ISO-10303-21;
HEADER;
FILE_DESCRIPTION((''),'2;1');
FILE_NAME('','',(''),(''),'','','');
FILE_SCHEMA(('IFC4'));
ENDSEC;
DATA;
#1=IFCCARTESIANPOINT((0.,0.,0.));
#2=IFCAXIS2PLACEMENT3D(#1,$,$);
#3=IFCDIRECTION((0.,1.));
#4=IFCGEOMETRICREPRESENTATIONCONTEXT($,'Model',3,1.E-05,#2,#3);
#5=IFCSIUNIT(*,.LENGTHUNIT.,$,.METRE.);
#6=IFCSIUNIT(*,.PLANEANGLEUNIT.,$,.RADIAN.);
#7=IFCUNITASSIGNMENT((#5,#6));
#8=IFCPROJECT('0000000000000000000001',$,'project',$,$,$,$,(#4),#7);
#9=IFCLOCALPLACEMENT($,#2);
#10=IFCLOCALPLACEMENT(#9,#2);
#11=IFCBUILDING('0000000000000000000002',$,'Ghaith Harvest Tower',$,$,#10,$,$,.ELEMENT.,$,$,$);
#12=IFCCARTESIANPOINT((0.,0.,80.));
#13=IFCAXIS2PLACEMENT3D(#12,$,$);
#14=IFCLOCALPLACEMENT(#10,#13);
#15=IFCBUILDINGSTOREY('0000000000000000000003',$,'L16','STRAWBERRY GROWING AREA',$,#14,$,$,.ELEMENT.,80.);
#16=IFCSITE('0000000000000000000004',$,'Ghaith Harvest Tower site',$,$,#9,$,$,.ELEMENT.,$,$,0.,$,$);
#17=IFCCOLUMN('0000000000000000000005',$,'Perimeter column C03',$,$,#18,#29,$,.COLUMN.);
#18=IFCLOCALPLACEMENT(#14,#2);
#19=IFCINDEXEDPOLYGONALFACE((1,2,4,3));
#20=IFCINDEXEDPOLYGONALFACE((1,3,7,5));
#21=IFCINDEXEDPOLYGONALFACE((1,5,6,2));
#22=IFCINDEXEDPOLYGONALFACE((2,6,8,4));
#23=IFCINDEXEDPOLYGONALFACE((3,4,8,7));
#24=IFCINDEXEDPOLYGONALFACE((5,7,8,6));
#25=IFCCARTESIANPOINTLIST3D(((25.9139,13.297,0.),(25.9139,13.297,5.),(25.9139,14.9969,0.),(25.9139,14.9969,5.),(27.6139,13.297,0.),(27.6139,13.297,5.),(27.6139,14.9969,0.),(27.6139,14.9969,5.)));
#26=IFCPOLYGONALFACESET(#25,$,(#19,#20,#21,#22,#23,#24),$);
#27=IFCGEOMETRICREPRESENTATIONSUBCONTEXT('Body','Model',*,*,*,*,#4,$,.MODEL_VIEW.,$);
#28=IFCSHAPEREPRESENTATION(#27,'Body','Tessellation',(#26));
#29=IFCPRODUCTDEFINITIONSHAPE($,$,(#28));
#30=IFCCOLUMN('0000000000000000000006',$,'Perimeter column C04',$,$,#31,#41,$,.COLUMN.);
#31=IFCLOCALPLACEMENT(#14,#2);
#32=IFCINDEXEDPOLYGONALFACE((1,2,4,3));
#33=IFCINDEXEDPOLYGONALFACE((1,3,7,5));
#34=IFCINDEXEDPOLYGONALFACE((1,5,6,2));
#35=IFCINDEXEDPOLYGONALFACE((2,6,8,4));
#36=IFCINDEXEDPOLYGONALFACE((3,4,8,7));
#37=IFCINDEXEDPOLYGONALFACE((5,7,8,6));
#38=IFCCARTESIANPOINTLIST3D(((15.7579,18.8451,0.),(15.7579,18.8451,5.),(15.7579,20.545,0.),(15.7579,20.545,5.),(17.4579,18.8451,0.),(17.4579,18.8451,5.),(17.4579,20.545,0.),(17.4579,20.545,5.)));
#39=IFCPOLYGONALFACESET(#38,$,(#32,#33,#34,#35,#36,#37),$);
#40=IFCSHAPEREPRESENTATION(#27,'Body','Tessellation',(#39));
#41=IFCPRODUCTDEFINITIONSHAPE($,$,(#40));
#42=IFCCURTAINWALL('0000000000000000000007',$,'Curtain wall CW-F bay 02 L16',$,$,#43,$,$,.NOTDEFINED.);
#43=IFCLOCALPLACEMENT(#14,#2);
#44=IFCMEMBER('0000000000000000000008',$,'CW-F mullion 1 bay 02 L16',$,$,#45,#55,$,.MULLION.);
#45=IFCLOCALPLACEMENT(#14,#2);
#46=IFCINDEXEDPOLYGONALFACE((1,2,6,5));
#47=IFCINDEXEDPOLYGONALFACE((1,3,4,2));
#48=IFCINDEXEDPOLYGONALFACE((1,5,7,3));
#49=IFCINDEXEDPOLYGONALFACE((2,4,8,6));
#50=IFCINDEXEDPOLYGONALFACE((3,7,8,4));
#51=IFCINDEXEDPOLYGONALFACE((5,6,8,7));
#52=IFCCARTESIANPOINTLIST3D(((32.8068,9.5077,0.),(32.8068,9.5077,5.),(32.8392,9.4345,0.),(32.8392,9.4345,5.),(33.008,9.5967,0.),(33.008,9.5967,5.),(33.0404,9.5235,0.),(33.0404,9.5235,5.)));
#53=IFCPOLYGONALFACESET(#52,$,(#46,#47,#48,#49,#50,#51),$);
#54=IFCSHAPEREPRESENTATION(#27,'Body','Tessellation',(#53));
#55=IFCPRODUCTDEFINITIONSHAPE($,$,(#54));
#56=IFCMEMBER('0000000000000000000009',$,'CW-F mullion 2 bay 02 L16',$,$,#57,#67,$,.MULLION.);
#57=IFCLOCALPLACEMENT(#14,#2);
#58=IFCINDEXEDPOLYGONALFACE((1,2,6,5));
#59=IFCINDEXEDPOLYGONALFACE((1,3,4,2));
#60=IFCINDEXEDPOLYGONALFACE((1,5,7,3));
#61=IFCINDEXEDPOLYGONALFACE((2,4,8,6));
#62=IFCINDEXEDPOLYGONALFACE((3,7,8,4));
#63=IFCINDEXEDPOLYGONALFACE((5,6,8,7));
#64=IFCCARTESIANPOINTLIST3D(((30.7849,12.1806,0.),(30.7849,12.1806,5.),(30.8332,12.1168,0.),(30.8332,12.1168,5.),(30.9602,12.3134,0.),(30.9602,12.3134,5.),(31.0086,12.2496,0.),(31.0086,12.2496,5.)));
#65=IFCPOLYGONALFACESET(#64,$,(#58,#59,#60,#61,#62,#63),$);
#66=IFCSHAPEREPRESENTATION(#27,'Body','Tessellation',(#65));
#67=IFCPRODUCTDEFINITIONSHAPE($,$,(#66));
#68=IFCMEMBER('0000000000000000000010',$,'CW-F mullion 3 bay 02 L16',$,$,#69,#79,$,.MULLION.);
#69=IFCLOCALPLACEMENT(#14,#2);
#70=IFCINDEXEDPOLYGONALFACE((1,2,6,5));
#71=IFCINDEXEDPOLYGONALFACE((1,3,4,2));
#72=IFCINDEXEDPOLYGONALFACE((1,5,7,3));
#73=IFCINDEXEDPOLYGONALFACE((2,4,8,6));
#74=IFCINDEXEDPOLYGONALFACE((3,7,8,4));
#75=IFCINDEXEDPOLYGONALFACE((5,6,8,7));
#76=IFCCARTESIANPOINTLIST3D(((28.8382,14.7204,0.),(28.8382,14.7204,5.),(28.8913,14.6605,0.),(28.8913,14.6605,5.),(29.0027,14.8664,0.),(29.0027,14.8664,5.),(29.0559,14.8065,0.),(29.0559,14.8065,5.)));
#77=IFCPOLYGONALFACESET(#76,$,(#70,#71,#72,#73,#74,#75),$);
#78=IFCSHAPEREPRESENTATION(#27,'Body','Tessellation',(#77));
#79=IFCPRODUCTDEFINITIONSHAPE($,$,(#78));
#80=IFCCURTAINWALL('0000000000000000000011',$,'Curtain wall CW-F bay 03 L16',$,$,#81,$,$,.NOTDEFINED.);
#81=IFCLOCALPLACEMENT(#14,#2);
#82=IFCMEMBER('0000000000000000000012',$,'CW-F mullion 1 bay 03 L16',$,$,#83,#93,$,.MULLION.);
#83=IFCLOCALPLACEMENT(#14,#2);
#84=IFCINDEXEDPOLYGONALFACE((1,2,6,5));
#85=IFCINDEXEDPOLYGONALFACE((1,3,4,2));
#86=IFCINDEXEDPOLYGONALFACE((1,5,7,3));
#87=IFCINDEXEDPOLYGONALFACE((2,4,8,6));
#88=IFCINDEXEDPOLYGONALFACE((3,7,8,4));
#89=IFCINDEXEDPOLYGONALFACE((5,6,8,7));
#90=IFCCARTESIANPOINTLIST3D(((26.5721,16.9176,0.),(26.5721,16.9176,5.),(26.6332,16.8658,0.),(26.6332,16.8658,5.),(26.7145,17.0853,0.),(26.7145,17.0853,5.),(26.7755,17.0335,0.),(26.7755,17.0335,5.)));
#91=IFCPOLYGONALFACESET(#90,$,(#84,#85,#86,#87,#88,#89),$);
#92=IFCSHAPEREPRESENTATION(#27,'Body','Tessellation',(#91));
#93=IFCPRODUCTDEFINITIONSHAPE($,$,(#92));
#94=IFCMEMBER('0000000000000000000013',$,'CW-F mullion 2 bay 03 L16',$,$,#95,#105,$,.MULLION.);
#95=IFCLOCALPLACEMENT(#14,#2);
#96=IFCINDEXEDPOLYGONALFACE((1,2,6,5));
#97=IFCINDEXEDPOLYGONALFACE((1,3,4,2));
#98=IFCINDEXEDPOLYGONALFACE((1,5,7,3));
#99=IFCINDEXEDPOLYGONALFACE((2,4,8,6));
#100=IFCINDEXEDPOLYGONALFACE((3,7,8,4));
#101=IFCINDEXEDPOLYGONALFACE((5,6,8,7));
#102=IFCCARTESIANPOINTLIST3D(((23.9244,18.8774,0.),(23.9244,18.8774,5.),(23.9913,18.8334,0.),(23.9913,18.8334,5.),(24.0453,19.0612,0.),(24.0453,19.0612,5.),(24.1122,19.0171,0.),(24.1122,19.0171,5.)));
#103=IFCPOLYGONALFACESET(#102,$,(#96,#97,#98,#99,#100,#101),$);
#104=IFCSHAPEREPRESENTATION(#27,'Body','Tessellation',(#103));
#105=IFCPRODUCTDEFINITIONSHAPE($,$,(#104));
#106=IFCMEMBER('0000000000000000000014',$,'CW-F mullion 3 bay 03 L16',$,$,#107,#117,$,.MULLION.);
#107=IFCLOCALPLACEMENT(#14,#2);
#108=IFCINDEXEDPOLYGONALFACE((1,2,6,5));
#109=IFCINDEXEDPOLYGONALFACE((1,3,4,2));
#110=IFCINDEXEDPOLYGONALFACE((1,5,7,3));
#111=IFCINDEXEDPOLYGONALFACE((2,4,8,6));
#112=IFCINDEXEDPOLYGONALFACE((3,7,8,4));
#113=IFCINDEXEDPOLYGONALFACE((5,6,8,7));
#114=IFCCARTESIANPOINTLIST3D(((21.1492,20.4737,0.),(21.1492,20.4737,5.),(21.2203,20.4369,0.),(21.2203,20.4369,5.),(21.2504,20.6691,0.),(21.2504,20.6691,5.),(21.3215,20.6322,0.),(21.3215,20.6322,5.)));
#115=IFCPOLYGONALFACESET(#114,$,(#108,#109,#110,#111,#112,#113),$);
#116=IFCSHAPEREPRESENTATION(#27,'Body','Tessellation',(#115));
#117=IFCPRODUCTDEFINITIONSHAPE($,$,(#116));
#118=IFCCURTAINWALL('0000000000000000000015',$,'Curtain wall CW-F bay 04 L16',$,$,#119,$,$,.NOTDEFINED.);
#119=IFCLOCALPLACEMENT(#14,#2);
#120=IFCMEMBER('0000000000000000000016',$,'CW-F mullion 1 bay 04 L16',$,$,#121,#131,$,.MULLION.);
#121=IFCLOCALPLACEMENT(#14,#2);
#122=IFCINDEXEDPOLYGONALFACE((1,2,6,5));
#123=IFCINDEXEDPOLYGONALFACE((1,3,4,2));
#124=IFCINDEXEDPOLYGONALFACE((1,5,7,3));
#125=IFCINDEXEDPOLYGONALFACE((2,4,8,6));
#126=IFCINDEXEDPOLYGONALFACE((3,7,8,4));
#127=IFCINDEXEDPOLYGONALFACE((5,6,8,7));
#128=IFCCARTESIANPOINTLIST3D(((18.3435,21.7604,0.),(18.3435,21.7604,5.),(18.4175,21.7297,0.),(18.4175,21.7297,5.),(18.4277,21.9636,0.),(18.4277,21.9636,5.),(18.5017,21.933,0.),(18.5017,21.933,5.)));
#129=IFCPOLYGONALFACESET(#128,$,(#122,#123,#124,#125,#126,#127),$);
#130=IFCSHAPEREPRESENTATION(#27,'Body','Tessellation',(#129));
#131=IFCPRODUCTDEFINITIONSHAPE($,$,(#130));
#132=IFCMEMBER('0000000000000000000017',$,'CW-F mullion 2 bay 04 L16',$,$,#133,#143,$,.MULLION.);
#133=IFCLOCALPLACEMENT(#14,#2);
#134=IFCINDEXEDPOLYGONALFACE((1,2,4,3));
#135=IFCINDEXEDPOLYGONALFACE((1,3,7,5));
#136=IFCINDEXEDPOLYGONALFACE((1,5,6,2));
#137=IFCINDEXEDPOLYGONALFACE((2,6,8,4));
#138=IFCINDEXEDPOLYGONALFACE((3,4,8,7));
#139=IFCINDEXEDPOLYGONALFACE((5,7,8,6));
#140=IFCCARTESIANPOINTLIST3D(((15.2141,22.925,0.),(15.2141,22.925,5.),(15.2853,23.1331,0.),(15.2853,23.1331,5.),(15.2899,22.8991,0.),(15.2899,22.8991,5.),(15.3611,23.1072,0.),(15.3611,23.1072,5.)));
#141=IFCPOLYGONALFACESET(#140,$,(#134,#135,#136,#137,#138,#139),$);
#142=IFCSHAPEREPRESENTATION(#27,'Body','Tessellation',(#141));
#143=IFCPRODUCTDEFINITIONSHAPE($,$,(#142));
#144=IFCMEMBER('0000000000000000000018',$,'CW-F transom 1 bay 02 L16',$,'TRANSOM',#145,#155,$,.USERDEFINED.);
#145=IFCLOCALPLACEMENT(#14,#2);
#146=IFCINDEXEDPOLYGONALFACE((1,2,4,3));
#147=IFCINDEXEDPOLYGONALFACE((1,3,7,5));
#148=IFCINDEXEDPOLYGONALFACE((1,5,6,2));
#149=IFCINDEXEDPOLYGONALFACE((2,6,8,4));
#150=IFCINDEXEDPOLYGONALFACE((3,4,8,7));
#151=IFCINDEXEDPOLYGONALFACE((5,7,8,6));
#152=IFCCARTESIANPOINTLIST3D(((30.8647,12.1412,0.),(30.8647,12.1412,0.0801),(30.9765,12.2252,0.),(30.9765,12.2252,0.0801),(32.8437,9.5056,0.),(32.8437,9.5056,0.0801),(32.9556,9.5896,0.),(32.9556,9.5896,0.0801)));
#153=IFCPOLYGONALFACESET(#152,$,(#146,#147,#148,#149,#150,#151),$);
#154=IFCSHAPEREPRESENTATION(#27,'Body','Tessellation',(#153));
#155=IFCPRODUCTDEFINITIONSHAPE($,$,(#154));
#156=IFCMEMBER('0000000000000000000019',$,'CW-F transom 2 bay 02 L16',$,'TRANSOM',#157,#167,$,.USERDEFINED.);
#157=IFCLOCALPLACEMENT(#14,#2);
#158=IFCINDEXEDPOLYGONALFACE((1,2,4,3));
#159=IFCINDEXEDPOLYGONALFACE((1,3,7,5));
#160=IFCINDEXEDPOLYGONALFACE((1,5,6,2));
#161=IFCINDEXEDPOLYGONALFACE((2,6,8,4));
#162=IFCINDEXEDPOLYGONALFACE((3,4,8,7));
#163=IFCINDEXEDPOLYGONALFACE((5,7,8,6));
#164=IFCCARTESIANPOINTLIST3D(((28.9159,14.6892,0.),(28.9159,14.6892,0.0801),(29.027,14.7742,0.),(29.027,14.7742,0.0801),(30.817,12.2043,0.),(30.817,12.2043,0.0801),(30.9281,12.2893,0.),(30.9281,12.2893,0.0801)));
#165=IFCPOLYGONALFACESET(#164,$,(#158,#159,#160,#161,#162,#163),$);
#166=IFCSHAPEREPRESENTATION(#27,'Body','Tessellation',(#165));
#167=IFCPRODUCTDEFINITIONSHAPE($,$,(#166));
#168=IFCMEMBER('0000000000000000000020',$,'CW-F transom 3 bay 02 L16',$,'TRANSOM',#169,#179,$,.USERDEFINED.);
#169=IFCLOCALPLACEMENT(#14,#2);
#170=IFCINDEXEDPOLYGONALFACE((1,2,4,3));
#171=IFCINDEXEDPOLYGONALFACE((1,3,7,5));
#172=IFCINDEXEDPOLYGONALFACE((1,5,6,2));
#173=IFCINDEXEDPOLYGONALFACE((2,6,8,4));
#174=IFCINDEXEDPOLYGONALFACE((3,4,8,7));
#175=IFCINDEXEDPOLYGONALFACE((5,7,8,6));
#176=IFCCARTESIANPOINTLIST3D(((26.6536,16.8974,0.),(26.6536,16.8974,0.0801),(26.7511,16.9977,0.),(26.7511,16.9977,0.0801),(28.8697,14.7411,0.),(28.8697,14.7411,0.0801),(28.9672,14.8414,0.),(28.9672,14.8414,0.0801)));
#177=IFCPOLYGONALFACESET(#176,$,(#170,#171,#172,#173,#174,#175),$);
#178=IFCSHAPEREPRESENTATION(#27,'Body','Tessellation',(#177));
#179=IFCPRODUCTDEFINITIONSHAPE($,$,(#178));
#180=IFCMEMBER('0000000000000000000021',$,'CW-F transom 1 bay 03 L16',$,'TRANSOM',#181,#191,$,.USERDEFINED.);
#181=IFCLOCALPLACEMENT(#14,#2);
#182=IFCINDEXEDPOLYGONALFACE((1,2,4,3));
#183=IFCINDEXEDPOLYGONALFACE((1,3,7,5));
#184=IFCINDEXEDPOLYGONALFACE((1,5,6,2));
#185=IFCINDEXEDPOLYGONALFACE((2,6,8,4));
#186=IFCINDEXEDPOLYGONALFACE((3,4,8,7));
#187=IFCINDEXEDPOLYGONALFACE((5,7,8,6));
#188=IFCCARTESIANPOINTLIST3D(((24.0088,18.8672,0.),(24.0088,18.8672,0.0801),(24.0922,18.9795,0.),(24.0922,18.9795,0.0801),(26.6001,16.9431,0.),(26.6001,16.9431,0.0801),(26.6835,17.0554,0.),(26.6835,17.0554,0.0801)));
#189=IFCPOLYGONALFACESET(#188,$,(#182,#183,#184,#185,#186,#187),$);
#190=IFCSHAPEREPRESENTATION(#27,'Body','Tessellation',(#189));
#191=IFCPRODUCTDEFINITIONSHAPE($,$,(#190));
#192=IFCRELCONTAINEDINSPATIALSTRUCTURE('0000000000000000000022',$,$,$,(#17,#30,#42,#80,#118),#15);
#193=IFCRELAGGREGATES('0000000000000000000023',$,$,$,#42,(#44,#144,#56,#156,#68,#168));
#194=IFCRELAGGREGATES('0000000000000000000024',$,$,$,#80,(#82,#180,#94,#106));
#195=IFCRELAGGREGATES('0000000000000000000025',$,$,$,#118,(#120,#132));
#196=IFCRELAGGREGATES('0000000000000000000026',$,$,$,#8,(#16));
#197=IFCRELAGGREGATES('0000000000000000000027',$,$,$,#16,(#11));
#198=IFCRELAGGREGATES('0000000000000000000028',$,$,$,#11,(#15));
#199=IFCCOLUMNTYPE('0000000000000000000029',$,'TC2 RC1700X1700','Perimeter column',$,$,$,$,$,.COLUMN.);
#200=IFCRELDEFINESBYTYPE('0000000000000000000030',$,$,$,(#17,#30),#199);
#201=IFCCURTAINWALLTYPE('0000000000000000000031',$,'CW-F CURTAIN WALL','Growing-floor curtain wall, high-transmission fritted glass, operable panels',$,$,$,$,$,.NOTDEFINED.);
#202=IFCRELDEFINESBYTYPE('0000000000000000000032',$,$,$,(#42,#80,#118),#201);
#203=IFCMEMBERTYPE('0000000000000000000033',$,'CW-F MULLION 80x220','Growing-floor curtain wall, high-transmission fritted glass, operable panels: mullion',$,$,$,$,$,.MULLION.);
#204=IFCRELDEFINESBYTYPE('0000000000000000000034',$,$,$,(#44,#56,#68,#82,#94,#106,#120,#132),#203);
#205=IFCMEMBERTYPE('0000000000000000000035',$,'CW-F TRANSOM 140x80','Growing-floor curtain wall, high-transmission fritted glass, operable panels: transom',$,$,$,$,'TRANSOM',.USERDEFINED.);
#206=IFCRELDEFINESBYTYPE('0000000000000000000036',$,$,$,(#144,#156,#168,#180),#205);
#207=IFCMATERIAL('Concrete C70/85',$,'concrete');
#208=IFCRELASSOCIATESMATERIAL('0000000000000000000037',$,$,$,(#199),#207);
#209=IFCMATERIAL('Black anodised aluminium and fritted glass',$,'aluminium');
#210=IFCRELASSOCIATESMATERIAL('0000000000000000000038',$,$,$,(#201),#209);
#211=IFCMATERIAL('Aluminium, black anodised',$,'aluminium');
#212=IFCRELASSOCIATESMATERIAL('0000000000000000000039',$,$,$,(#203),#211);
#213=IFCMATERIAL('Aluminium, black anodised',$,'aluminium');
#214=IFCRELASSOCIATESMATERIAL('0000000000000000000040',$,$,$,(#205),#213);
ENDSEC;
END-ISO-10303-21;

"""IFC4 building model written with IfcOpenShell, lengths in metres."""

from ifc_helpers import new_model, si_unit, direction, frame, origin, origin_2d, place, context, subcontext, project, spatial, rectangle, extrude, material, material_profile, profile_set, type_object, element, aggregate, save


model = new_model("IFC4")

# Units and contexts
model_context = context("Model", 3, precision=1e-05, world=origin(), true_north=direction((0.0, 1.0)))
body_context = subcontext(model_context, "Body", "Model", "MODEL_VIEW")
ifc_project = project(units=[si_unit("LENGTHUNIT", "METRE"), si_unit("PLANEANGLEUNIT", "RADIAN")], contexts=[model_context])

# Site, building, storey
site_placement = place(None, origin())
site = spatial("IfcSite", under=ifc_project, at=site_placement, Name="Ghaith Harvest Tower site", CompositionType="ELEMENT", RefElevation=0.0)
building_placement = place(site_placement, origin())
building = spatial("IfcBuilding", under=site, at=building_placement, Name="Ghaith Harvest Tower", CompositionType="ELEMENT")
storey_placement = place(building_placement, frame((0.0, 0.0, 80.0)))
storey = spatial("IfcBuildingStorey", under=building, at=storey_placement, Name="L16", Description="STRAWBERRY GROWING AREA", CompositionType="ELEMENT", Elevation=80.0)

# Columns
ifc_material_1 = material(Name="Concrete C70/85", Category="concrete")
ifc_material_profile_1 = material_profile(ifc_material_1, rectangle(XDim=1.7, YDim=1.7, at=origin_2d()), Name="RC1700X1700")
ifc_profile_set_1 = profile_set([ifc_material_profile_1], Name="Concrete C70/85")
column_type = type_object("IfcColumnType", Name="TC2 RC1700X1700", Description="Perimeter column", PredefinedType="COLUMN", material=ifc_profile_set_1)
for number, where, z_axis, x_axis, name in (
    (1, (26.7639, 14.147, 0.0), (0.0, 0.0, 1.0), (1.0, 0.0, 0.0), "Perimeter column C03"),
    (2, (16.6079, 19.6951, 0.0), (0.0, 0.0, 1.0), (1.0, 0.0, 0.0), "Perimeter column C04"),
):
    element("IfcColumn", number, at=place(storey_placement, frame(where, z_axis=z_axis, x_axis=x_axis)), inside=storey, type_object=column_type, Name=name, PredefinedType="COLUMN", context=body_context, shape_type="SweptSolid", body=[
        extrude(rectangle(XDim=1.7, YDim=1.7, at=origin_2d()), origin(), (0.0, 0.0, 1.0), 5.0),
    ])

# Curtain walls, members
ifc_material_2 = material(Name="Black anodised aluminium and fritted glass", Category="aluminium")
curtain_wall_type = type_object("IfcCurtainWallType", Name="CW-F CURTAIN WALL", Description="Growing-floor curtain wall, high-transmission fritted glass, operable panels", PredefinedType="NOTDEFINED", material=ifc_material_2)
curtain_wall_1_placement = place(storey_placement, origin())
curtain_wall_1 = element("IfcCurtainWall", 3, at=curtain_wall_1_placement, inside=storey, type_object=curtain_wall_type, Name="Curtain wall CW-F bay 02 L16", PredefinedType="NOTDEFINED")
ifc_material_3 = material(Name="Aluminium, black anodised", Category="aluminium")
ifc_material_profile_2 = material_profile(ifc_material_3, rectangle(XDim=0.0801, YDim=0.22, at=origin_2d()), Name="CW-F MULLION 80x220")
ifc_profile_set_2 = profile_set([ifc_material_profile_2], Name="Aluminium, black anodised")
member_type_1 = type_object("IfcMemberType", Name="CW-F MULLION 80x220", Description="Growing-floor curtain wall, high-transmission fritted glass, operable panels: mullion", PredefinedType="MULLION", material=ifc_profile_set_2)
member_1_placement = place(storey_placement, frame((32.9236, 9.5156, 0.0), z_axis=(0.0, 0.0, 1.0), x_axis=(-0.404702, 0.914449, 0.0)))
member_1 = element("IfcMember", 4, at=member_1_placement, type_object=member_type_1, Name="CW-F mullion 1 bay 02 L16", PredefinedType="MULLION", context=body_context, shape_type="SweptSolid", body=[
    extrude(rectangle(XDim=0.0801, YDim=0.22, at=origin_2d()), origin(), (0.0, 0.0, 1.0), 5.0),
])
member_2_placement = place(storey_placement, frame((30.8967, 12.2151, 0.0), z_axis=(0.0, 0.0, 1.0), x_axis=(-0.603948, 0.797023, 0.0)))
member_2 = element("IfcMember", 5, at=member_2_placement, type_object=member_type_1, Name="CW-F mullion 2 bay 02 L16", PredefinedType="MULLION", context=body_context, shape_type="SweptSolid", body=[
    extrude(rectangle(XDim=0.0801, YDim=0.22, at=origin_2d()), origin(), (0.0, 0.0, 1.0), 5.0),
])
member_3_placement = place(storey_placement, frame((28.947, 14.7634, 0.0), z_axis=(0.0, 0.0, 1.0), x_axis=(-0.663605, 0.748083, 0.0)))
member_3 = element("IfcMember", 6, at=member_3_placement, type_object=member_type_1, Name="CW-F mullion 3 bay 02 L16", PredefinedType="MULLION", context=body_context, shape_type="SweptSolid", body=[
    extrude(rectangle(XDim=0.0801, YDim=0.22, at=origin_2d()), origin(), (0.0, 0.0, 1.0), 5.0),
])
curtain_wall_2_placement = place(storey_placement, origin())
curtain_wall_2 = element("IfcCurtainWall", 7, at=curtain_wall_2_placement, inside=storey, type_object=curtain_wall_type, Name="Curtain wall CW-F bay 03 L16", PredefinedType="NOTDEFINED")
member_4_placement = place(storey_placement, frame((26.6738, 16.9756, 0.0), z_axis=(0.0, 0.0, 1.0), x_axis=(-0.762366, 0.647146, 0.0)))
member_4 = element("IfcMember", 8, at=member_4_placement, type_object=member_type_1, Name="CW-F mullion 1 bay 03 L16", PredefinedType="MULLION", context=body_context, shape_type="SweptSolid", body=[
    extrude(rectangle(XDim=0.0801, YDim=0.22, at=origin_2d()), origin(), (0.0, 0.0, 1.0), 5.0),
])
member_5_placement = place(storey_placement, frame((24.0183, 18.9473, 0.0), z_axis=(0.0, 0.0, 1.0), x_axis=(-0.835444, 0.549576, 0.0)))
member_5 = element("IfcMember", 9, at=member_5_placement, type_object=member_type_1, Name="CW-F mullion 2 bay 03 L16", PredefinedType="MULLION", context=body_context, shape_type="SweptSolid", body=[
    extrude(rectangle(XDim=0.0801, YDim=0.22, at=origin_2d()), origin(), (0.0, 0.0, 1.0), 5.0),
])
member_6_placement = place(storey_placement, frame((21.2354, 20.553, 0.0), z_axis=(0.0, 0.0, 1.0), x_axis=(-0.887897, 0.460043, 0.0)))
member_6 = element("IfcMember", 10, at=member_6_placement, type_object=member_type_1, Name="CW-F mullion 3 bay 03 L16", PredefinedType="MULLION", context=body_context, shape_type="SweptSolid", body=[
    extrude(rectangle(XDim=0.0801, YDim=0.22, at=origin_2d()), origin(), (0.0, 0.0, 1.0), 5.0),
])
curtain_wall_3_placement = place(storey_placement, origin())
curtain_wall_3 = element("IfcCurtainWall", 11, at=curtain_wall_3_placement, inside=storey, type_object=curtain_wall_type, Name="Curtain wall CW-F bay 04 L16", PredefinedType="NOTDEFINED")
member_7_placement = place(storey_placement, frame((18.4226, 21.8467, 0.0), z_axis=(0.0, 0.0, 1.0), x_axis=(-0.92391, 0.382609, 0.0)))
member_7 = element("IfcMember", 12, at=member_7_placement, type_object=member_type_1, Name="CW-F mullion 1 bay 04 L16", PredefinedType="MULLION", context=body_context, shape_type="SweptSolid", body=[
    extrude(rectangle(XDim=0.0801, YDim=0.22, at=origin_2d()), origin(), (0.0, 0.0, 1.0), 5.0),
])
member_8_placement = place(storey_placement, frame((15.2876, 23.0161, 0.0), z_axis=(0.0, 0.0, 1.0), x_axis=(-0.946121, 0.323813, 0.0)))
member_8 = element("IfcMember", 13, at=member_8_placement, type_object=member_type_1, Name="CW-F mullion 2 bay 04 L16", PredefinedType="MULLION", context=body_context, shape_type="SweptSolid", body=[
    extrude(rectangle(XDim=0.0801, YDim=0.22, at=origin_2d()), origin(), (0.0, 0.0, 1.0), 5.0),
])

# Members
ifc_material_4 = material(Name="Aluminium, black anodised", Category="aluminium")
ifc_material_profile_3 = material_profile(ifc_material_4, rectangle(XDim=0.1399, YDim=0.0801, at=origin_2d()), Name="CW-F TRANSOM 140x80")
ifc_profile_set_3 = profile_set([ifc_material_profile_3], Name="Aluminium, black anodised")
member_type_2 = type_object("IfcMemberType", Name="CW-F TRANSOM 140x80", Description="Growing-floor curtain wall, high-transmission fritted glass, operable panels: transom", ElementType="TRANSOM", PredefinedType="USERDEFINED", material=ifc_profile_set_3)
member_9_placement = place(storey_placement, frame((32.8997, 9.5476, 0.04), z_axis=(-0.600462, 0.799653, 0.0), x_axis=(-0.799653, -0.600462, 0.0)))
member_9 = element("IfcMember", 14, at=member_9_placement, type_object=member_type_2, Name="CW-F transom 1 bay 02 L16", ObjectType="TRANSOM", PredefinedType="USERDEFINED", context=body_context, shape_type="SweptSolid", body=[
    extrude(rectangle(XDim=0.1399, YDim=0.0801, at=origin_2d()), origin(), (0.0, 0.0, 1.0), 3.2959),
])
member_10_placement = place(storey_placement, frame((30.8726, 12.2468, 0.04), z_axis=(-0.607638, 0.794214, 0.0), x_axis=(-0.794214, -0.607638, 0.0)))
member_10 = element("IfcMember", 15, at=member_10_placement, type_object=member_type_2, Name="CW-F transom 2 bay 02 L16", ObjectType="TRANSOM", PredefinedType="USERDEFINED", context=body_context, shape_type="SweptSolid", body=[
    extrude(rectangle(XDim=0.1399, YDim=0.0801, at=origin_2d()), origin(), (0.0, 0.0, 1.0), 3.1287),
])
member_11_placement = place(storey_placement, frame((28.9185, 14.7913, 0.04), z_axis=(-0.716713, 0.697368, 0.0), x_axis=(-0.697368, -0.716713, 0.0)))
member_11 = element("IfcMember", 16, at=member_11_placement, type_object=member_type_2, Name="CW-F transom 3 bay 02 L16", ObjectType="TRANSOM", PredefinedType="USERDEFINED", context=body_context, shape_type="SweptSolid", body=[
    extrude(rectangle(XDim=0.1399, YDim=0.0801, at=origin_2d()), origin(), (0.0, 0.0, 1.0), 3.092),
])
member_12_placement = place(storey_placement, frame((26.6418, 16.9993, 0.04), z_axis=(-0.802877, 0.596144, 0.0), x_axis=(-0.596144, -0.802877, 0.0)))
member_12 = element("IfcMember", 17, at=member_12_placement, type_object=member_type_2, Name="CW-F transom 1 bay 03 L16", ObjectType="TRANSOM", PredefinedType="USERDEFINED", context=body_context, shape_type="SweptSolid", body=[
    extrude(rectangle(XDim=0.1399, YDim=0.0801, at=origin_2d()), origin(), (0.0, 0.0, 1.0), 3.2275),
])

aggregate(curtain_wall_1, [member_1, member_9, member_2, member_10, member_3, member_11])
aggregate(curtain_wall_2, [member_4, member_12, member_5, member_6])
aggregate(curtain_wall_3, [member_7, member_8])

save(model, "model.ifc")
